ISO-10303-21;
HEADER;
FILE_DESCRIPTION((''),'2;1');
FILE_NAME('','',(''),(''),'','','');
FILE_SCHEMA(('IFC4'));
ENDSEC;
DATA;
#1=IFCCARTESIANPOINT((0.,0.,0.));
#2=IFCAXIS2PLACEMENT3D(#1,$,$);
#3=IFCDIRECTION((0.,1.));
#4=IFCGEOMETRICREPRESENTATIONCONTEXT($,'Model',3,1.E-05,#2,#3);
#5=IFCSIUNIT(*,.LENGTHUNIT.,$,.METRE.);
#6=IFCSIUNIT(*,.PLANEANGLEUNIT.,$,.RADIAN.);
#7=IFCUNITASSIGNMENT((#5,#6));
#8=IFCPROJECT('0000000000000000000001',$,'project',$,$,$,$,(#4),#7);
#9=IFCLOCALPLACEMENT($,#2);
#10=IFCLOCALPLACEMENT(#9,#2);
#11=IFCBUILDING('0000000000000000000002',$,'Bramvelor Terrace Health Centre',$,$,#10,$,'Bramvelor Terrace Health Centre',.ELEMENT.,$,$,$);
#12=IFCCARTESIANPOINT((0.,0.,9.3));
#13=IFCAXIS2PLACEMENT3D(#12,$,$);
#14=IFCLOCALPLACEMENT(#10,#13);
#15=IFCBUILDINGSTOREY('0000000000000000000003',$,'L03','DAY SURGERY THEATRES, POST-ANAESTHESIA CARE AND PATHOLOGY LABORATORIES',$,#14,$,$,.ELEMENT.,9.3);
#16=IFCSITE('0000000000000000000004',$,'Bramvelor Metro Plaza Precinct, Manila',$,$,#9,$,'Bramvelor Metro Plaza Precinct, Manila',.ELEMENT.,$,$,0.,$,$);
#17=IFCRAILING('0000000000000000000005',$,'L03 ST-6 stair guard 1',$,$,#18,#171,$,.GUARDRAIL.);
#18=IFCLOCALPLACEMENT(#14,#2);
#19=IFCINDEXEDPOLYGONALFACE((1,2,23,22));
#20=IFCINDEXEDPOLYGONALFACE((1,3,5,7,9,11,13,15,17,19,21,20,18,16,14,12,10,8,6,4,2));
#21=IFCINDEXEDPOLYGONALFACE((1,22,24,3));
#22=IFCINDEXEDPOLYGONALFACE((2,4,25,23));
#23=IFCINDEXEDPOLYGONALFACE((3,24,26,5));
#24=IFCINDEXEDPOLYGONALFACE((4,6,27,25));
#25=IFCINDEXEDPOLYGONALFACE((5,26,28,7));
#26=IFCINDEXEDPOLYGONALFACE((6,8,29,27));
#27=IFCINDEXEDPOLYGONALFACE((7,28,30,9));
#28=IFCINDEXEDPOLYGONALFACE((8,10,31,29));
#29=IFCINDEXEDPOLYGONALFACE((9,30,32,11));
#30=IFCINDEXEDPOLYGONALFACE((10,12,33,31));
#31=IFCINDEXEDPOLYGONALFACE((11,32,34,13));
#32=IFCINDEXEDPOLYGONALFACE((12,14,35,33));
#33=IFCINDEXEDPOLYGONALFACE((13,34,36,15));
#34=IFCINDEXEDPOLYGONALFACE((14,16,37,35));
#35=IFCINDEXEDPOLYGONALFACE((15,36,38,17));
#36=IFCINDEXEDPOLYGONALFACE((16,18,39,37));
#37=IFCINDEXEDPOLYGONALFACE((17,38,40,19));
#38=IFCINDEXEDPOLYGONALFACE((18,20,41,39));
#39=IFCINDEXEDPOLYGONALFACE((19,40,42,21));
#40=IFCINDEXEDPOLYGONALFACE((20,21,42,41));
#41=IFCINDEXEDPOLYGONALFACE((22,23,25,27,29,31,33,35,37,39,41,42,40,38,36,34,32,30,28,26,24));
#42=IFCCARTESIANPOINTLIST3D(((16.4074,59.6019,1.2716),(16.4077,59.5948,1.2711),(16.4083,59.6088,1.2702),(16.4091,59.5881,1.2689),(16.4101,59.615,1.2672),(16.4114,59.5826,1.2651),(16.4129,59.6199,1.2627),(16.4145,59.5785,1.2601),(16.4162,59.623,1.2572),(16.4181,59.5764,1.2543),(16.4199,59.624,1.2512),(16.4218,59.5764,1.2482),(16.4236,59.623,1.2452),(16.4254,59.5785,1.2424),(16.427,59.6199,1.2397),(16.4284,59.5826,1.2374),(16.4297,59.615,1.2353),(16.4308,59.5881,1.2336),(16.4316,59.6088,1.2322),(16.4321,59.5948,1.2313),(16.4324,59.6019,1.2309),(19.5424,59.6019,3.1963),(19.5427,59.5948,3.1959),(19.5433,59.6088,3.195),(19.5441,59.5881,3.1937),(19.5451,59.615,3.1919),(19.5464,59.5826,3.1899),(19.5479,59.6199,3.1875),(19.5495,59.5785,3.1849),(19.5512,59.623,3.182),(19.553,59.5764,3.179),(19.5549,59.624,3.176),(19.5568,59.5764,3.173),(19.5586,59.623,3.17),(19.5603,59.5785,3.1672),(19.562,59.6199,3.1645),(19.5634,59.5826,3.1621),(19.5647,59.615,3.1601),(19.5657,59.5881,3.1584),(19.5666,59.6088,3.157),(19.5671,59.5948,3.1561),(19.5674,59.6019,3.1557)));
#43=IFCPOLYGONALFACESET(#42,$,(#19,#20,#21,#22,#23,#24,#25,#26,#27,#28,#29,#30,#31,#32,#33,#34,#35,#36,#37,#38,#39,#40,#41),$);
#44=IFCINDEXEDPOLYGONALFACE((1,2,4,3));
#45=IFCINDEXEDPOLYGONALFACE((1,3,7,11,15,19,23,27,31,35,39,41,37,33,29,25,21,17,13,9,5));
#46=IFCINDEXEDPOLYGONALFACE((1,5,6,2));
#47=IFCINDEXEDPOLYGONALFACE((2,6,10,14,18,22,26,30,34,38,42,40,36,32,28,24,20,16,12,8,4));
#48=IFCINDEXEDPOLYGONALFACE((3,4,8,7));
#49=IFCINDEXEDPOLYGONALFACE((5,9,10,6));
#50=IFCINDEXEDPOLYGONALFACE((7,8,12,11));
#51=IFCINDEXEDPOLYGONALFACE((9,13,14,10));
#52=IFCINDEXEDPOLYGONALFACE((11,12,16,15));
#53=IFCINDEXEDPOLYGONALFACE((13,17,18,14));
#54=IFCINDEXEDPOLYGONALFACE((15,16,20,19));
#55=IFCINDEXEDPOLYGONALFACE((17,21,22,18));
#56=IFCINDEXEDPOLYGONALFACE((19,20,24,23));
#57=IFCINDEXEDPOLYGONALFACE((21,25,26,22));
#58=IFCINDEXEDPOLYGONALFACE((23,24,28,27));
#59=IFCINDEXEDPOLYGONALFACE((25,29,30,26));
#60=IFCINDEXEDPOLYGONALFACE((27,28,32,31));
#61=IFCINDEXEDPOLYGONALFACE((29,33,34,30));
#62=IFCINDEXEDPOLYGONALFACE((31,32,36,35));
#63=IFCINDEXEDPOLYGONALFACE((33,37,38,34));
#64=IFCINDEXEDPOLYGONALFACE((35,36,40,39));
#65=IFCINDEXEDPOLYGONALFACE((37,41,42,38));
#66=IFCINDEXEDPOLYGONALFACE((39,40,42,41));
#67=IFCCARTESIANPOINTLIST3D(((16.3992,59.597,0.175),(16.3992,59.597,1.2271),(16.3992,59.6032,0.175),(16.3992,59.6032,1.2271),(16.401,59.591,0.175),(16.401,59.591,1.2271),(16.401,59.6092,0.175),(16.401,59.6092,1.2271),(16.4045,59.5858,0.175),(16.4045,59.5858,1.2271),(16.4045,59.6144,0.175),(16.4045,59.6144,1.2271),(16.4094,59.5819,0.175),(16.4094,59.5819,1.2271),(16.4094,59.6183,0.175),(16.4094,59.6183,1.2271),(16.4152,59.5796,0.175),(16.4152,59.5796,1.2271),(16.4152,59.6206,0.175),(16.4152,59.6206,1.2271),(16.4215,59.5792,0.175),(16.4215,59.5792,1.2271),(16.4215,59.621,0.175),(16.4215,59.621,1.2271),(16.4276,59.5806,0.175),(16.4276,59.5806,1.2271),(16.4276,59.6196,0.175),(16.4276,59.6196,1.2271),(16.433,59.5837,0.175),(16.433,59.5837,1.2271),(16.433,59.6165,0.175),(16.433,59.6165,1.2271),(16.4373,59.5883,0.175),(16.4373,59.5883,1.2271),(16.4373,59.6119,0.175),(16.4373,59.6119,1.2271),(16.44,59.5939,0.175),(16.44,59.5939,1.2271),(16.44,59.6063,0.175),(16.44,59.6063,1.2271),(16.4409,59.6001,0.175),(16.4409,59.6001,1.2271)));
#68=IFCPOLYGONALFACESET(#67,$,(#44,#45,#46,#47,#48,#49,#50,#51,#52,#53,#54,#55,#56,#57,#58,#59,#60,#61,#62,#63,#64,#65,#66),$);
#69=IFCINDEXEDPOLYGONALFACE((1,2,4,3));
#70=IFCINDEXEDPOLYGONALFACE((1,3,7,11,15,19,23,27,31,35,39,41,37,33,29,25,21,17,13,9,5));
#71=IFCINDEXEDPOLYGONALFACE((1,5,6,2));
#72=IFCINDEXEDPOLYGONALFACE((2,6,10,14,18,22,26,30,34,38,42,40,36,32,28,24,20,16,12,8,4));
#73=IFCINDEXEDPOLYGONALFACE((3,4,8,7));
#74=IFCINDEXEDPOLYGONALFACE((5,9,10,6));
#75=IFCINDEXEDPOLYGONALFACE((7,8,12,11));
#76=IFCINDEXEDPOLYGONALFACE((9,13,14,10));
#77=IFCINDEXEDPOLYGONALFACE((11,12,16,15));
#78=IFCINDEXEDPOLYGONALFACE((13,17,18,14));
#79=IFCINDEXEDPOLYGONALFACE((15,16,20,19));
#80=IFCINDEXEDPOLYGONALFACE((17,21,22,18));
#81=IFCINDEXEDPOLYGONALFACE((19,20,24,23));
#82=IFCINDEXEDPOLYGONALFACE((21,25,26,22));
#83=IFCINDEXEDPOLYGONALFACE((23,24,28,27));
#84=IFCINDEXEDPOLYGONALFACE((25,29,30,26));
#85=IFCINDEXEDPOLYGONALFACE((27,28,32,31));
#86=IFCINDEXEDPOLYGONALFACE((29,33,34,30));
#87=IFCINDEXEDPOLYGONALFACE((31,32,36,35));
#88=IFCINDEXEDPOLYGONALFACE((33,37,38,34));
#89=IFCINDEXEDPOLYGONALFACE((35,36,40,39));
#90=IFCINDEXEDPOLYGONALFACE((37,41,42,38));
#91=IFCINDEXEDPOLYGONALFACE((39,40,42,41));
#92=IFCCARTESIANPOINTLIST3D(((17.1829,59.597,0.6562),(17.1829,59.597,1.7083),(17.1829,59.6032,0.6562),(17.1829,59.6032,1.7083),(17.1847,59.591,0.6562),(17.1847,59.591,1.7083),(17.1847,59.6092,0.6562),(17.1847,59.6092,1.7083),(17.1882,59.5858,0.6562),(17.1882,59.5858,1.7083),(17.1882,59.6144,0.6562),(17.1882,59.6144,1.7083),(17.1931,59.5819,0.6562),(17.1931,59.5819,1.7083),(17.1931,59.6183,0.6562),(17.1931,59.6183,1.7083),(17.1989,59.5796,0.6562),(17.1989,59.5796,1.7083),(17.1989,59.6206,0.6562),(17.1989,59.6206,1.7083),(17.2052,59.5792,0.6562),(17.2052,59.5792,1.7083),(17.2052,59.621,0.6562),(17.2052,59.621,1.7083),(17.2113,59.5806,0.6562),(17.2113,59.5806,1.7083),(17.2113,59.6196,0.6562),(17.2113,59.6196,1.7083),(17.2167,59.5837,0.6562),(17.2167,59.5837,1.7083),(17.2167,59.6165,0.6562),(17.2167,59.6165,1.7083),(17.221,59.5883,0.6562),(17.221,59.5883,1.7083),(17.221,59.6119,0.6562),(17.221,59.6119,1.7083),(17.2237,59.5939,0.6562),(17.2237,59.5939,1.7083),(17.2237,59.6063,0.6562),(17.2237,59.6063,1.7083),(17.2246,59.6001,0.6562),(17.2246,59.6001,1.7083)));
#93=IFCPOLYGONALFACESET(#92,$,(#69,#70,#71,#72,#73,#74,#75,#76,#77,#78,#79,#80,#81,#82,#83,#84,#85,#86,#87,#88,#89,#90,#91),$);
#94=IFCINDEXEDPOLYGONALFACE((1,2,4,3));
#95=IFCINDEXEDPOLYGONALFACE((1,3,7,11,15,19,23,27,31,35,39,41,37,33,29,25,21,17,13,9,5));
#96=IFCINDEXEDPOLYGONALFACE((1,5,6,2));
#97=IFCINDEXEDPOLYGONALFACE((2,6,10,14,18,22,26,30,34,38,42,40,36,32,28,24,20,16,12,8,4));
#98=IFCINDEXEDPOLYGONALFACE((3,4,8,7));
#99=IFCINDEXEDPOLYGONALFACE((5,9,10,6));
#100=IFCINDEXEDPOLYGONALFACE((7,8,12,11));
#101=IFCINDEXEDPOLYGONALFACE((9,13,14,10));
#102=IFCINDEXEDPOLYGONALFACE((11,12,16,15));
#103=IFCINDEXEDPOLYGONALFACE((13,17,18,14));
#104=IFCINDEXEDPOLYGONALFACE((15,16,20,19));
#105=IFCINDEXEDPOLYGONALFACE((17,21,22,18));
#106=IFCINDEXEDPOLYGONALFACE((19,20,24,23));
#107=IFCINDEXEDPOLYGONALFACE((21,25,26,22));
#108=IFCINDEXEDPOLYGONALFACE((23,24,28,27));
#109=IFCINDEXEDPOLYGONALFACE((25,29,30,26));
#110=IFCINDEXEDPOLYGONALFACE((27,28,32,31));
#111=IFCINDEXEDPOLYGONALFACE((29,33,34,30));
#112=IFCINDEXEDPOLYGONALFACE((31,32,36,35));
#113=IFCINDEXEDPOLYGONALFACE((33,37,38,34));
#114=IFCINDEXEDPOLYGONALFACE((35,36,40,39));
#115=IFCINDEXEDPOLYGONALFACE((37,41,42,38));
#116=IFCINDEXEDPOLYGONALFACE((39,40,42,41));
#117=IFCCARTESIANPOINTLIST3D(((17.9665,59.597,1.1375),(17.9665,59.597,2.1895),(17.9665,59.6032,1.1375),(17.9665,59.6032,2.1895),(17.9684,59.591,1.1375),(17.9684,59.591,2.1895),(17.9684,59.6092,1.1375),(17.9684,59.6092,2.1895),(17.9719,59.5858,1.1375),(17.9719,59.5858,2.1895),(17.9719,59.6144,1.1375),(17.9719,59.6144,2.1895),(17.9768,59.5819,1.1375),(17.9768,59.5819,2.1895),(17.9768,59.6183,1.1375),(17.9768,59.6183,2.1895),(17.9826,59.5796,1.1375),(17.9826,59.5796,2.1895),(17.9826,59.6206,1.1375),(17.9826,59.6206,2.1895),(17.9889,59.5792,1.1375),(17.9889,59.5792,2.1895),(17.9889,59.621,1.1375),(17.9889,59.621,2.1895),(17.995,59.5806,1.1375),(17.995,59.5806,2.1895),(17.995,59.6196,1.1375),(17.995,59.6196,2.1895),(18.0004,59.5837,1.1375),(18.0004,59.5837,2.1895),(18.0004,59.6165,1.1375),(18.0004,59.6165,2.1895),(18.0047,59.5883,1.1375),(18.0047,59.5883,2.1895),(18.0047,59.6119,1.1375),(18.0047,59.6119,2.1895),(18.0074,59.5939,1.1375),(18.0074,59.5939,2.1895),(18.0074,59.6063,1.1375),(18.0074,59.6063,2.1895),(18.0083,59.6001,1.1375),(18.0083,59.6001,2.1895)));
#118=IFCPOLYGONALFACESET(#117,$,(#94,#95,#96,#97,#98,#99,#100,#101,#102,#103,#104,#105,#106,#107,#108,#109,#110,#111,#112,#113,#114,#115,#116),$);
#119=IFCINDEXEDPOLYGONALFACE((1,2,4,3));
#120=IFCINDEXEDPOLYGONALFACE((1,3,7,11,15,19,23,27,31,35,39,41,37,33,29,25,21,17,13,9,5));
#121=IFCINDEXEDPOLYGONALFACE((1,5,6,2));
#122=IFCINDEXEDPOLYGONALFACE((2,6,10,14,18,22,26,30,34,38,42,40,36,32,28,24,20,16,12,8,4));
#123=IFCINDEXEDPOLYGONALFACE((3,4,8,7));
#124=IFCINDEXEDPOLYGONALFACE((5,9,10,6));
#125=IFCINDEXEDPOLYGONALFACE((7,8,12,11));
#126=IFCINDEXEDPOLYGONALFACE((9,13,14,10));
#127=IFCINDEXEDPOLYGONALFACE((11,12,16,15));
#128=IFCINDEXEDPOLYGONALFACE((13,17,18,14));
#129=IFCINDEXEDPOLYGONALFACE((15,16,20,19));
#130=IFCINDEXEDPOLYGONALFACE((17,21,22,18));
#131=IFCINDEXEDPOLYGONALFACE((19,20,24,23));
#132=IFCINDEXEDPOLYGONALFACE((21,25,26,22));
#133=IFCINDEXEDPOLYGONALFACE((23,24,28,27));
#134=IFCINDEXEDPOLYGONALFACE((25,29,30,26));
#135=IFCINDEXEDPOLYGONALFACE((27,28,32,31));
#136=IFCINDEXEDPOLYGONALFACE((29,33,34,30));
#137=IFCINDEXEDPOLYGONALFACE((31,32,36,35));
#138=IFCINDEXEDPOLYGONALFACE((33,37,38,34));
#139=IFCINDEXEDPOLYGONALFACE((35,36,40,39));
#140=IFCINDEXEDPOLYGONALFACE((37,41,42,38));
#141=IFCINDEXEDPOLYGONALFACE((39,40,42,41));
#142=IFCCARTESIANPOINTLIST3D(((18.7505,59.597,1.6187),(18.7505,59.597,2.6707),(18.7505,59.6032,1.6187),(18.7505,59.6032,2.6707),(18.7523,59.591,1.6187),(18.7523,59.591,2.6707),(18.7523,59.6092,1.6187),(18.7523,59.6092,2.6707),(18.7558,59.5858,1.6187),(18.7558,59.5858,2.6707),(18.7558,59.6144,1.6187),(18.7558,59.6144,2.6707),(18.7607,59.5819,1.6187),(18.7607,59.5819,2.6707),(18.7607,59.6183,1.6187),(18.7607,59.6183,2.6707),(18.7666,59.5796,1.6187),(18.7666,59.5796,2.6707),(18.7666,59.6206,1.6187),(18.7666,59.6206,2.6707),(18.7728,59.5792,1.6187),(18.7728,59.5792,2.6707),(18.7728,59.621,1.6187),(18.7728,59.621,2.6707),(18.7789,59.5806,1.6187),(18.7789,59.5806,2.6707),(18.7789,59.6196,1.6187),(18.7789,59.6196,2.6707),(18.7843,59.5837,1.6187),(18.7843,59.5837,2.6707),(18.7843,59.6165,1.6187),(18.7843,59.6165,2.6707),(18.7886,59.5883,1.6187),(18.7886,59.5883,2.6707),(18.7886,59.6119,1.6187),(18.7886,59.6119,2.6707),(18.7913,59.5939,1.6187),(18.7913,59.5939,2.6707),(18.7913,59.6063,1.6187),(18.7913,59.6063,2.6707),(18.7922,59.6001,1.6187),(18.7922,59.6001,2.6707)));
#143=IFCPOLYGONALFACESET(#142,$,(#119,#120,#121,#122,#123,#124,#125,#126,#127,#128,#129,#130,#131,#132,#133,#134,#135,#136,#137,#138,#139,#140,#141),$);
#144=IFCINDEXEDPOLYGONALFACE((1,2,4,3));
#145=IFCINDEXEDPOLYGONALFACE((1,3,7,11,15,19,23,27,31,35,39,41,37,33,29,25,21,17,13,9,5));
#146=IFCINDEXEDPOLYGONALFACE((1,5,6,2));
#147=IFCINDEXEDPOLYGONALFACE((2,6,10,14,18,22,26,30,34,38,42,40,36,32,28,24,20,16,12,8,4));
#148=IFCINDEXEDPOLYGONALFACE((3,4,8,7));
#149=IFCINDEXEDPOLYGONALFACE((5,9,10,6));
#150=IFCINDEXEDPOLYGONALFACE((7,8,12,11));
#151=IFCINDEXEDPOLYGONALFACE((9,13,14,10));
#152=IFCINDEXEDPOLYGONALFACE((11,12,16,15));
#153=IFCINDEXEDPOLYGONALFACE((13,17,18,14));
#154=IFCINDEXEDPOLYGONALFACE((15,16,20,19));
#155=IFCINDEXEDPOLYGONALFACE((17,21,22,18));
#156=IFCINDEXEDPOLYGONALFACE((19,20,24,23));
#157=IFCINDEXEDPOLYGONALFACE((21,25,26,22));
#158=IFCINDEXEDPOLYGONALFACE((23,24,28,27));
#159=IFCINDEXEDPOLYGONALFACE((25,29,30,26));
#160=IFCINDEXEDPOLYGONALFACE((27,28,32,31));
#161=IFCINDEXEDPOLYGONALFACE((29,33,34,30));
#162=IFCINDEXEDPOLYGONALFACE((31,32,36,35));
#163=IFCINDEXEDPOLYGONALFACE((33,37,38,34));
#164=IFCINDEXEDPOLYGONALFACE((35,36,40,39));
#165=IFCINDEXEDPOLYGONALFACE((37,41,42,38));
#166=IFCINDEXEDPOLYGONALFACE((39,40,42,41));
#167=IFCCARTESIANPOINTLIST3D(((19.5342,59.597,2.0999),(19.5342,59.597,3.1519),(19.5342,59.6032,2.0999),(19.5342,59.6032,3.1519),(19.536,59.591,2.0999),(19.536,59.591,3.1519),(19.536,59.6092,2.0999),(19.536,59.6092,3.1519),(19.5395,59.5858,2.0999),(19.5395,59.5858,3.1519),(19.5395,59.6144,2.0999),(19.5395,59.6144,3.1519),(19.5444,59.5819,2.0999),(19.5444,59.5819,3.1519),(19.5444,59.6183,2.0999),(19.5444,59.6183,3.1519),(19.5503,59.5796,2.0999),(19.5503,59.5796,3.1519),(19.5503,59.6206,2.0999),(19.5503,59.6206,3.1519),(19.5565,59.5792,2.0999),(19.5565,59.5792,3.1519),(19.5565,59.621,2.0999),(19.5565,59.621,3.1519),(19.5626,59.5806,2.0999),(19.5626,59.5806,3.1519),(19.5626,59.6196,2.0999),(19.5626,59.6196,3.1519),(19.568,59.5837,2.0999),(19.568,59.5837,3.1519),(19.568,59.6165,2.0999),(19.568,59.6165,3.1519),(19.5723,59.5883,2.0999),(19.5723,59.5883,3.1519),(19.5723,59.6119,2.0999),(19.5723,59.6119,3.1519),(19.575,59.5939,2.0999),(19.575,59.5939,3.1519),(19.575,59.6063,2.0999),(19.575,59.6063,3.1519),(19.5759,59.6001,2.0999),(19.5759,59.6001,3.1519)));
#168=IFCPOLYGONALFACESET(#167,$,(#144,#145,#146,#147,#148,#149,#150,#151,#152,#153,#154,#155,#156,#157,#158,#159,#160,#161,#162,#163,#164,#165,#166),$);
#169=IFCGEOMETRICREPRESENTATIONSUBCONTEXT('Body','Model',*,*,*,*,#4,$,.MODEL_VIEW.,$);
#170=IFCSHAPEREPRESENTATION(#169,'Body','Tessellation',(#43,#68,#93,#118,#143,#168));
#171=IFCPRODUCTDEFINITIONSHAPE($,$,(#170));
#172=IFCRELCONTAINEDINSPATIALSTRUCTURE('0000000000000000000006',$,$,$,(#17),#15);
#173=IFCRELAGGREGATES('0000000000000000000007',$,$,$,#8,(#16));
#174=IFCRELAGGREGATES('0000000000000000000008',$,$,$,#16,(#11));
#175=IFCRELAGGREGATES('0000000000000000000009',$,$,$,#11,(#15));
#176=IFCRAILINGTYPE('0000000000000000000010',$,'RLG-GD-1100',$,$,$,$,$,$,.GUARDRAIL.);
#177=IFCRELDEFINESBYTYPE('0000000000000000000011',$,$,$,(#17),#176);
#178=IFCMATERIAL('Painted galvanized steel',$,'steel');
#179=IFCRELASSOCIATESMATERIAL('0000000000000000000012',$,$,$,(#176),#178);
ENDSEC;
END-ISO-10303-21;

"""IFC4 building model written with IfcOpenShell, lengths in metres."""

from ifc_helpers import new_model, si_unit, direction, frame, origin, origin_2d, place, context, subcontext, project, spatial, circle, extrude, material, type_object, element, save


model = new_model("IFC4")

# Units and contexts
model_context = context("Model", 3, precision=1e-05, world=origin(), true_north=direction((0.0, 1.0)))
body_context = subcontext(model_context, "Body", "Model", "MODEL_VIEW")
ifc_project = project(units=[si_unit("LENGTHUNIT", "METRE"), si_unit("PLANEANGLEUNIT", "RADIAN")], contexts=[model_context])

# Site, building, storey
site_placement = place(None, origin())
site = spatial("IfcSite", under=ifc_project, at=site_placement, Name="Bramvelor Metro Plaza Precinct, Manila", LongName="Bramvelor Metro Plaza Precinct, Manila", CompositionType="ELEMENT", RefElevation=0.0)
building_placement = place(site_placement, origin())
building = spatial("IfcBuilding", under=site, at=building_placement, Name="Bramvelor Terrace Health Centre", LongName="Bramvelor Terrace Health Centre", CompositionType="ELEMENT")
storey_placement = place(building_placement, frame((0.0, 0.0, 9.3)))
storey = spatial("IfcBuildingStorey", under=building, at=storey_placement, Name="L03", Description="DAY SURGERY THEATRES, POST-ANAESTHESIA CARE AND PATHOLOGY LABORATORIES", CompositionType="ELEMENT", Elevation=9.3)

# Railing
ifc_material_1 = material(Name="Painted galvanized steel", Category="steel")
railing_type_1 = type_object("IfcRailingType", Name="RLG-GD-1100", PredefinedType="GUARDRAIL", material=ifc_material_1)
railing_1_placement = place(storey_placement, frame((16.4199, 59.6001, 0.175)))
element("IfcRailing", 1, at=railing_1_placement, inside=storey, type_object=railing_type_1, Name="L03 ST-6 stair guard 1", PredefinedType="GUARDRAIL", context=body_context, shape_type="SweptSolid", body=[
    extrude(circle(Radius=0.0239, at=origin_2d()), frame((0.0, 0.0, 1.0762), z_axis=(0.852196, 0.0, 0.523223), x_axis=(0.0, 1.0, 0.0)), (0.0, 0.0, 1.0), 3.6787),
    extrude(circle(Radius=0.021, at=origin_2d()), origin(), (0.0, 0.0, 1.0), 1.052),
    extrude(circle(Radius=0.021, at=origin_2d()), frame((0.7837, 0.0, 0.4812)), (0.0, 0.0, 1.0), 1.052),
    extrude(circle(Radius=0.021, at=origin_2d()), frame((1.5674, 0.0, 0.9624)), (0.0, 0.0, 1.0), 1.052),
    extrude(circle(Radius=0.021, at=origin_2d()), frame((2.3513, 0.0, 1.4436)), (0.0, 0.0, 1.0), 1.052),
    extrude(circle(Radius=0.021, at=origin_2d()), frame((3.135, 0.0, 1.9248)), (0.0, 0.0, 1.0), 1.052),
])

save(model, "model.ifc")
